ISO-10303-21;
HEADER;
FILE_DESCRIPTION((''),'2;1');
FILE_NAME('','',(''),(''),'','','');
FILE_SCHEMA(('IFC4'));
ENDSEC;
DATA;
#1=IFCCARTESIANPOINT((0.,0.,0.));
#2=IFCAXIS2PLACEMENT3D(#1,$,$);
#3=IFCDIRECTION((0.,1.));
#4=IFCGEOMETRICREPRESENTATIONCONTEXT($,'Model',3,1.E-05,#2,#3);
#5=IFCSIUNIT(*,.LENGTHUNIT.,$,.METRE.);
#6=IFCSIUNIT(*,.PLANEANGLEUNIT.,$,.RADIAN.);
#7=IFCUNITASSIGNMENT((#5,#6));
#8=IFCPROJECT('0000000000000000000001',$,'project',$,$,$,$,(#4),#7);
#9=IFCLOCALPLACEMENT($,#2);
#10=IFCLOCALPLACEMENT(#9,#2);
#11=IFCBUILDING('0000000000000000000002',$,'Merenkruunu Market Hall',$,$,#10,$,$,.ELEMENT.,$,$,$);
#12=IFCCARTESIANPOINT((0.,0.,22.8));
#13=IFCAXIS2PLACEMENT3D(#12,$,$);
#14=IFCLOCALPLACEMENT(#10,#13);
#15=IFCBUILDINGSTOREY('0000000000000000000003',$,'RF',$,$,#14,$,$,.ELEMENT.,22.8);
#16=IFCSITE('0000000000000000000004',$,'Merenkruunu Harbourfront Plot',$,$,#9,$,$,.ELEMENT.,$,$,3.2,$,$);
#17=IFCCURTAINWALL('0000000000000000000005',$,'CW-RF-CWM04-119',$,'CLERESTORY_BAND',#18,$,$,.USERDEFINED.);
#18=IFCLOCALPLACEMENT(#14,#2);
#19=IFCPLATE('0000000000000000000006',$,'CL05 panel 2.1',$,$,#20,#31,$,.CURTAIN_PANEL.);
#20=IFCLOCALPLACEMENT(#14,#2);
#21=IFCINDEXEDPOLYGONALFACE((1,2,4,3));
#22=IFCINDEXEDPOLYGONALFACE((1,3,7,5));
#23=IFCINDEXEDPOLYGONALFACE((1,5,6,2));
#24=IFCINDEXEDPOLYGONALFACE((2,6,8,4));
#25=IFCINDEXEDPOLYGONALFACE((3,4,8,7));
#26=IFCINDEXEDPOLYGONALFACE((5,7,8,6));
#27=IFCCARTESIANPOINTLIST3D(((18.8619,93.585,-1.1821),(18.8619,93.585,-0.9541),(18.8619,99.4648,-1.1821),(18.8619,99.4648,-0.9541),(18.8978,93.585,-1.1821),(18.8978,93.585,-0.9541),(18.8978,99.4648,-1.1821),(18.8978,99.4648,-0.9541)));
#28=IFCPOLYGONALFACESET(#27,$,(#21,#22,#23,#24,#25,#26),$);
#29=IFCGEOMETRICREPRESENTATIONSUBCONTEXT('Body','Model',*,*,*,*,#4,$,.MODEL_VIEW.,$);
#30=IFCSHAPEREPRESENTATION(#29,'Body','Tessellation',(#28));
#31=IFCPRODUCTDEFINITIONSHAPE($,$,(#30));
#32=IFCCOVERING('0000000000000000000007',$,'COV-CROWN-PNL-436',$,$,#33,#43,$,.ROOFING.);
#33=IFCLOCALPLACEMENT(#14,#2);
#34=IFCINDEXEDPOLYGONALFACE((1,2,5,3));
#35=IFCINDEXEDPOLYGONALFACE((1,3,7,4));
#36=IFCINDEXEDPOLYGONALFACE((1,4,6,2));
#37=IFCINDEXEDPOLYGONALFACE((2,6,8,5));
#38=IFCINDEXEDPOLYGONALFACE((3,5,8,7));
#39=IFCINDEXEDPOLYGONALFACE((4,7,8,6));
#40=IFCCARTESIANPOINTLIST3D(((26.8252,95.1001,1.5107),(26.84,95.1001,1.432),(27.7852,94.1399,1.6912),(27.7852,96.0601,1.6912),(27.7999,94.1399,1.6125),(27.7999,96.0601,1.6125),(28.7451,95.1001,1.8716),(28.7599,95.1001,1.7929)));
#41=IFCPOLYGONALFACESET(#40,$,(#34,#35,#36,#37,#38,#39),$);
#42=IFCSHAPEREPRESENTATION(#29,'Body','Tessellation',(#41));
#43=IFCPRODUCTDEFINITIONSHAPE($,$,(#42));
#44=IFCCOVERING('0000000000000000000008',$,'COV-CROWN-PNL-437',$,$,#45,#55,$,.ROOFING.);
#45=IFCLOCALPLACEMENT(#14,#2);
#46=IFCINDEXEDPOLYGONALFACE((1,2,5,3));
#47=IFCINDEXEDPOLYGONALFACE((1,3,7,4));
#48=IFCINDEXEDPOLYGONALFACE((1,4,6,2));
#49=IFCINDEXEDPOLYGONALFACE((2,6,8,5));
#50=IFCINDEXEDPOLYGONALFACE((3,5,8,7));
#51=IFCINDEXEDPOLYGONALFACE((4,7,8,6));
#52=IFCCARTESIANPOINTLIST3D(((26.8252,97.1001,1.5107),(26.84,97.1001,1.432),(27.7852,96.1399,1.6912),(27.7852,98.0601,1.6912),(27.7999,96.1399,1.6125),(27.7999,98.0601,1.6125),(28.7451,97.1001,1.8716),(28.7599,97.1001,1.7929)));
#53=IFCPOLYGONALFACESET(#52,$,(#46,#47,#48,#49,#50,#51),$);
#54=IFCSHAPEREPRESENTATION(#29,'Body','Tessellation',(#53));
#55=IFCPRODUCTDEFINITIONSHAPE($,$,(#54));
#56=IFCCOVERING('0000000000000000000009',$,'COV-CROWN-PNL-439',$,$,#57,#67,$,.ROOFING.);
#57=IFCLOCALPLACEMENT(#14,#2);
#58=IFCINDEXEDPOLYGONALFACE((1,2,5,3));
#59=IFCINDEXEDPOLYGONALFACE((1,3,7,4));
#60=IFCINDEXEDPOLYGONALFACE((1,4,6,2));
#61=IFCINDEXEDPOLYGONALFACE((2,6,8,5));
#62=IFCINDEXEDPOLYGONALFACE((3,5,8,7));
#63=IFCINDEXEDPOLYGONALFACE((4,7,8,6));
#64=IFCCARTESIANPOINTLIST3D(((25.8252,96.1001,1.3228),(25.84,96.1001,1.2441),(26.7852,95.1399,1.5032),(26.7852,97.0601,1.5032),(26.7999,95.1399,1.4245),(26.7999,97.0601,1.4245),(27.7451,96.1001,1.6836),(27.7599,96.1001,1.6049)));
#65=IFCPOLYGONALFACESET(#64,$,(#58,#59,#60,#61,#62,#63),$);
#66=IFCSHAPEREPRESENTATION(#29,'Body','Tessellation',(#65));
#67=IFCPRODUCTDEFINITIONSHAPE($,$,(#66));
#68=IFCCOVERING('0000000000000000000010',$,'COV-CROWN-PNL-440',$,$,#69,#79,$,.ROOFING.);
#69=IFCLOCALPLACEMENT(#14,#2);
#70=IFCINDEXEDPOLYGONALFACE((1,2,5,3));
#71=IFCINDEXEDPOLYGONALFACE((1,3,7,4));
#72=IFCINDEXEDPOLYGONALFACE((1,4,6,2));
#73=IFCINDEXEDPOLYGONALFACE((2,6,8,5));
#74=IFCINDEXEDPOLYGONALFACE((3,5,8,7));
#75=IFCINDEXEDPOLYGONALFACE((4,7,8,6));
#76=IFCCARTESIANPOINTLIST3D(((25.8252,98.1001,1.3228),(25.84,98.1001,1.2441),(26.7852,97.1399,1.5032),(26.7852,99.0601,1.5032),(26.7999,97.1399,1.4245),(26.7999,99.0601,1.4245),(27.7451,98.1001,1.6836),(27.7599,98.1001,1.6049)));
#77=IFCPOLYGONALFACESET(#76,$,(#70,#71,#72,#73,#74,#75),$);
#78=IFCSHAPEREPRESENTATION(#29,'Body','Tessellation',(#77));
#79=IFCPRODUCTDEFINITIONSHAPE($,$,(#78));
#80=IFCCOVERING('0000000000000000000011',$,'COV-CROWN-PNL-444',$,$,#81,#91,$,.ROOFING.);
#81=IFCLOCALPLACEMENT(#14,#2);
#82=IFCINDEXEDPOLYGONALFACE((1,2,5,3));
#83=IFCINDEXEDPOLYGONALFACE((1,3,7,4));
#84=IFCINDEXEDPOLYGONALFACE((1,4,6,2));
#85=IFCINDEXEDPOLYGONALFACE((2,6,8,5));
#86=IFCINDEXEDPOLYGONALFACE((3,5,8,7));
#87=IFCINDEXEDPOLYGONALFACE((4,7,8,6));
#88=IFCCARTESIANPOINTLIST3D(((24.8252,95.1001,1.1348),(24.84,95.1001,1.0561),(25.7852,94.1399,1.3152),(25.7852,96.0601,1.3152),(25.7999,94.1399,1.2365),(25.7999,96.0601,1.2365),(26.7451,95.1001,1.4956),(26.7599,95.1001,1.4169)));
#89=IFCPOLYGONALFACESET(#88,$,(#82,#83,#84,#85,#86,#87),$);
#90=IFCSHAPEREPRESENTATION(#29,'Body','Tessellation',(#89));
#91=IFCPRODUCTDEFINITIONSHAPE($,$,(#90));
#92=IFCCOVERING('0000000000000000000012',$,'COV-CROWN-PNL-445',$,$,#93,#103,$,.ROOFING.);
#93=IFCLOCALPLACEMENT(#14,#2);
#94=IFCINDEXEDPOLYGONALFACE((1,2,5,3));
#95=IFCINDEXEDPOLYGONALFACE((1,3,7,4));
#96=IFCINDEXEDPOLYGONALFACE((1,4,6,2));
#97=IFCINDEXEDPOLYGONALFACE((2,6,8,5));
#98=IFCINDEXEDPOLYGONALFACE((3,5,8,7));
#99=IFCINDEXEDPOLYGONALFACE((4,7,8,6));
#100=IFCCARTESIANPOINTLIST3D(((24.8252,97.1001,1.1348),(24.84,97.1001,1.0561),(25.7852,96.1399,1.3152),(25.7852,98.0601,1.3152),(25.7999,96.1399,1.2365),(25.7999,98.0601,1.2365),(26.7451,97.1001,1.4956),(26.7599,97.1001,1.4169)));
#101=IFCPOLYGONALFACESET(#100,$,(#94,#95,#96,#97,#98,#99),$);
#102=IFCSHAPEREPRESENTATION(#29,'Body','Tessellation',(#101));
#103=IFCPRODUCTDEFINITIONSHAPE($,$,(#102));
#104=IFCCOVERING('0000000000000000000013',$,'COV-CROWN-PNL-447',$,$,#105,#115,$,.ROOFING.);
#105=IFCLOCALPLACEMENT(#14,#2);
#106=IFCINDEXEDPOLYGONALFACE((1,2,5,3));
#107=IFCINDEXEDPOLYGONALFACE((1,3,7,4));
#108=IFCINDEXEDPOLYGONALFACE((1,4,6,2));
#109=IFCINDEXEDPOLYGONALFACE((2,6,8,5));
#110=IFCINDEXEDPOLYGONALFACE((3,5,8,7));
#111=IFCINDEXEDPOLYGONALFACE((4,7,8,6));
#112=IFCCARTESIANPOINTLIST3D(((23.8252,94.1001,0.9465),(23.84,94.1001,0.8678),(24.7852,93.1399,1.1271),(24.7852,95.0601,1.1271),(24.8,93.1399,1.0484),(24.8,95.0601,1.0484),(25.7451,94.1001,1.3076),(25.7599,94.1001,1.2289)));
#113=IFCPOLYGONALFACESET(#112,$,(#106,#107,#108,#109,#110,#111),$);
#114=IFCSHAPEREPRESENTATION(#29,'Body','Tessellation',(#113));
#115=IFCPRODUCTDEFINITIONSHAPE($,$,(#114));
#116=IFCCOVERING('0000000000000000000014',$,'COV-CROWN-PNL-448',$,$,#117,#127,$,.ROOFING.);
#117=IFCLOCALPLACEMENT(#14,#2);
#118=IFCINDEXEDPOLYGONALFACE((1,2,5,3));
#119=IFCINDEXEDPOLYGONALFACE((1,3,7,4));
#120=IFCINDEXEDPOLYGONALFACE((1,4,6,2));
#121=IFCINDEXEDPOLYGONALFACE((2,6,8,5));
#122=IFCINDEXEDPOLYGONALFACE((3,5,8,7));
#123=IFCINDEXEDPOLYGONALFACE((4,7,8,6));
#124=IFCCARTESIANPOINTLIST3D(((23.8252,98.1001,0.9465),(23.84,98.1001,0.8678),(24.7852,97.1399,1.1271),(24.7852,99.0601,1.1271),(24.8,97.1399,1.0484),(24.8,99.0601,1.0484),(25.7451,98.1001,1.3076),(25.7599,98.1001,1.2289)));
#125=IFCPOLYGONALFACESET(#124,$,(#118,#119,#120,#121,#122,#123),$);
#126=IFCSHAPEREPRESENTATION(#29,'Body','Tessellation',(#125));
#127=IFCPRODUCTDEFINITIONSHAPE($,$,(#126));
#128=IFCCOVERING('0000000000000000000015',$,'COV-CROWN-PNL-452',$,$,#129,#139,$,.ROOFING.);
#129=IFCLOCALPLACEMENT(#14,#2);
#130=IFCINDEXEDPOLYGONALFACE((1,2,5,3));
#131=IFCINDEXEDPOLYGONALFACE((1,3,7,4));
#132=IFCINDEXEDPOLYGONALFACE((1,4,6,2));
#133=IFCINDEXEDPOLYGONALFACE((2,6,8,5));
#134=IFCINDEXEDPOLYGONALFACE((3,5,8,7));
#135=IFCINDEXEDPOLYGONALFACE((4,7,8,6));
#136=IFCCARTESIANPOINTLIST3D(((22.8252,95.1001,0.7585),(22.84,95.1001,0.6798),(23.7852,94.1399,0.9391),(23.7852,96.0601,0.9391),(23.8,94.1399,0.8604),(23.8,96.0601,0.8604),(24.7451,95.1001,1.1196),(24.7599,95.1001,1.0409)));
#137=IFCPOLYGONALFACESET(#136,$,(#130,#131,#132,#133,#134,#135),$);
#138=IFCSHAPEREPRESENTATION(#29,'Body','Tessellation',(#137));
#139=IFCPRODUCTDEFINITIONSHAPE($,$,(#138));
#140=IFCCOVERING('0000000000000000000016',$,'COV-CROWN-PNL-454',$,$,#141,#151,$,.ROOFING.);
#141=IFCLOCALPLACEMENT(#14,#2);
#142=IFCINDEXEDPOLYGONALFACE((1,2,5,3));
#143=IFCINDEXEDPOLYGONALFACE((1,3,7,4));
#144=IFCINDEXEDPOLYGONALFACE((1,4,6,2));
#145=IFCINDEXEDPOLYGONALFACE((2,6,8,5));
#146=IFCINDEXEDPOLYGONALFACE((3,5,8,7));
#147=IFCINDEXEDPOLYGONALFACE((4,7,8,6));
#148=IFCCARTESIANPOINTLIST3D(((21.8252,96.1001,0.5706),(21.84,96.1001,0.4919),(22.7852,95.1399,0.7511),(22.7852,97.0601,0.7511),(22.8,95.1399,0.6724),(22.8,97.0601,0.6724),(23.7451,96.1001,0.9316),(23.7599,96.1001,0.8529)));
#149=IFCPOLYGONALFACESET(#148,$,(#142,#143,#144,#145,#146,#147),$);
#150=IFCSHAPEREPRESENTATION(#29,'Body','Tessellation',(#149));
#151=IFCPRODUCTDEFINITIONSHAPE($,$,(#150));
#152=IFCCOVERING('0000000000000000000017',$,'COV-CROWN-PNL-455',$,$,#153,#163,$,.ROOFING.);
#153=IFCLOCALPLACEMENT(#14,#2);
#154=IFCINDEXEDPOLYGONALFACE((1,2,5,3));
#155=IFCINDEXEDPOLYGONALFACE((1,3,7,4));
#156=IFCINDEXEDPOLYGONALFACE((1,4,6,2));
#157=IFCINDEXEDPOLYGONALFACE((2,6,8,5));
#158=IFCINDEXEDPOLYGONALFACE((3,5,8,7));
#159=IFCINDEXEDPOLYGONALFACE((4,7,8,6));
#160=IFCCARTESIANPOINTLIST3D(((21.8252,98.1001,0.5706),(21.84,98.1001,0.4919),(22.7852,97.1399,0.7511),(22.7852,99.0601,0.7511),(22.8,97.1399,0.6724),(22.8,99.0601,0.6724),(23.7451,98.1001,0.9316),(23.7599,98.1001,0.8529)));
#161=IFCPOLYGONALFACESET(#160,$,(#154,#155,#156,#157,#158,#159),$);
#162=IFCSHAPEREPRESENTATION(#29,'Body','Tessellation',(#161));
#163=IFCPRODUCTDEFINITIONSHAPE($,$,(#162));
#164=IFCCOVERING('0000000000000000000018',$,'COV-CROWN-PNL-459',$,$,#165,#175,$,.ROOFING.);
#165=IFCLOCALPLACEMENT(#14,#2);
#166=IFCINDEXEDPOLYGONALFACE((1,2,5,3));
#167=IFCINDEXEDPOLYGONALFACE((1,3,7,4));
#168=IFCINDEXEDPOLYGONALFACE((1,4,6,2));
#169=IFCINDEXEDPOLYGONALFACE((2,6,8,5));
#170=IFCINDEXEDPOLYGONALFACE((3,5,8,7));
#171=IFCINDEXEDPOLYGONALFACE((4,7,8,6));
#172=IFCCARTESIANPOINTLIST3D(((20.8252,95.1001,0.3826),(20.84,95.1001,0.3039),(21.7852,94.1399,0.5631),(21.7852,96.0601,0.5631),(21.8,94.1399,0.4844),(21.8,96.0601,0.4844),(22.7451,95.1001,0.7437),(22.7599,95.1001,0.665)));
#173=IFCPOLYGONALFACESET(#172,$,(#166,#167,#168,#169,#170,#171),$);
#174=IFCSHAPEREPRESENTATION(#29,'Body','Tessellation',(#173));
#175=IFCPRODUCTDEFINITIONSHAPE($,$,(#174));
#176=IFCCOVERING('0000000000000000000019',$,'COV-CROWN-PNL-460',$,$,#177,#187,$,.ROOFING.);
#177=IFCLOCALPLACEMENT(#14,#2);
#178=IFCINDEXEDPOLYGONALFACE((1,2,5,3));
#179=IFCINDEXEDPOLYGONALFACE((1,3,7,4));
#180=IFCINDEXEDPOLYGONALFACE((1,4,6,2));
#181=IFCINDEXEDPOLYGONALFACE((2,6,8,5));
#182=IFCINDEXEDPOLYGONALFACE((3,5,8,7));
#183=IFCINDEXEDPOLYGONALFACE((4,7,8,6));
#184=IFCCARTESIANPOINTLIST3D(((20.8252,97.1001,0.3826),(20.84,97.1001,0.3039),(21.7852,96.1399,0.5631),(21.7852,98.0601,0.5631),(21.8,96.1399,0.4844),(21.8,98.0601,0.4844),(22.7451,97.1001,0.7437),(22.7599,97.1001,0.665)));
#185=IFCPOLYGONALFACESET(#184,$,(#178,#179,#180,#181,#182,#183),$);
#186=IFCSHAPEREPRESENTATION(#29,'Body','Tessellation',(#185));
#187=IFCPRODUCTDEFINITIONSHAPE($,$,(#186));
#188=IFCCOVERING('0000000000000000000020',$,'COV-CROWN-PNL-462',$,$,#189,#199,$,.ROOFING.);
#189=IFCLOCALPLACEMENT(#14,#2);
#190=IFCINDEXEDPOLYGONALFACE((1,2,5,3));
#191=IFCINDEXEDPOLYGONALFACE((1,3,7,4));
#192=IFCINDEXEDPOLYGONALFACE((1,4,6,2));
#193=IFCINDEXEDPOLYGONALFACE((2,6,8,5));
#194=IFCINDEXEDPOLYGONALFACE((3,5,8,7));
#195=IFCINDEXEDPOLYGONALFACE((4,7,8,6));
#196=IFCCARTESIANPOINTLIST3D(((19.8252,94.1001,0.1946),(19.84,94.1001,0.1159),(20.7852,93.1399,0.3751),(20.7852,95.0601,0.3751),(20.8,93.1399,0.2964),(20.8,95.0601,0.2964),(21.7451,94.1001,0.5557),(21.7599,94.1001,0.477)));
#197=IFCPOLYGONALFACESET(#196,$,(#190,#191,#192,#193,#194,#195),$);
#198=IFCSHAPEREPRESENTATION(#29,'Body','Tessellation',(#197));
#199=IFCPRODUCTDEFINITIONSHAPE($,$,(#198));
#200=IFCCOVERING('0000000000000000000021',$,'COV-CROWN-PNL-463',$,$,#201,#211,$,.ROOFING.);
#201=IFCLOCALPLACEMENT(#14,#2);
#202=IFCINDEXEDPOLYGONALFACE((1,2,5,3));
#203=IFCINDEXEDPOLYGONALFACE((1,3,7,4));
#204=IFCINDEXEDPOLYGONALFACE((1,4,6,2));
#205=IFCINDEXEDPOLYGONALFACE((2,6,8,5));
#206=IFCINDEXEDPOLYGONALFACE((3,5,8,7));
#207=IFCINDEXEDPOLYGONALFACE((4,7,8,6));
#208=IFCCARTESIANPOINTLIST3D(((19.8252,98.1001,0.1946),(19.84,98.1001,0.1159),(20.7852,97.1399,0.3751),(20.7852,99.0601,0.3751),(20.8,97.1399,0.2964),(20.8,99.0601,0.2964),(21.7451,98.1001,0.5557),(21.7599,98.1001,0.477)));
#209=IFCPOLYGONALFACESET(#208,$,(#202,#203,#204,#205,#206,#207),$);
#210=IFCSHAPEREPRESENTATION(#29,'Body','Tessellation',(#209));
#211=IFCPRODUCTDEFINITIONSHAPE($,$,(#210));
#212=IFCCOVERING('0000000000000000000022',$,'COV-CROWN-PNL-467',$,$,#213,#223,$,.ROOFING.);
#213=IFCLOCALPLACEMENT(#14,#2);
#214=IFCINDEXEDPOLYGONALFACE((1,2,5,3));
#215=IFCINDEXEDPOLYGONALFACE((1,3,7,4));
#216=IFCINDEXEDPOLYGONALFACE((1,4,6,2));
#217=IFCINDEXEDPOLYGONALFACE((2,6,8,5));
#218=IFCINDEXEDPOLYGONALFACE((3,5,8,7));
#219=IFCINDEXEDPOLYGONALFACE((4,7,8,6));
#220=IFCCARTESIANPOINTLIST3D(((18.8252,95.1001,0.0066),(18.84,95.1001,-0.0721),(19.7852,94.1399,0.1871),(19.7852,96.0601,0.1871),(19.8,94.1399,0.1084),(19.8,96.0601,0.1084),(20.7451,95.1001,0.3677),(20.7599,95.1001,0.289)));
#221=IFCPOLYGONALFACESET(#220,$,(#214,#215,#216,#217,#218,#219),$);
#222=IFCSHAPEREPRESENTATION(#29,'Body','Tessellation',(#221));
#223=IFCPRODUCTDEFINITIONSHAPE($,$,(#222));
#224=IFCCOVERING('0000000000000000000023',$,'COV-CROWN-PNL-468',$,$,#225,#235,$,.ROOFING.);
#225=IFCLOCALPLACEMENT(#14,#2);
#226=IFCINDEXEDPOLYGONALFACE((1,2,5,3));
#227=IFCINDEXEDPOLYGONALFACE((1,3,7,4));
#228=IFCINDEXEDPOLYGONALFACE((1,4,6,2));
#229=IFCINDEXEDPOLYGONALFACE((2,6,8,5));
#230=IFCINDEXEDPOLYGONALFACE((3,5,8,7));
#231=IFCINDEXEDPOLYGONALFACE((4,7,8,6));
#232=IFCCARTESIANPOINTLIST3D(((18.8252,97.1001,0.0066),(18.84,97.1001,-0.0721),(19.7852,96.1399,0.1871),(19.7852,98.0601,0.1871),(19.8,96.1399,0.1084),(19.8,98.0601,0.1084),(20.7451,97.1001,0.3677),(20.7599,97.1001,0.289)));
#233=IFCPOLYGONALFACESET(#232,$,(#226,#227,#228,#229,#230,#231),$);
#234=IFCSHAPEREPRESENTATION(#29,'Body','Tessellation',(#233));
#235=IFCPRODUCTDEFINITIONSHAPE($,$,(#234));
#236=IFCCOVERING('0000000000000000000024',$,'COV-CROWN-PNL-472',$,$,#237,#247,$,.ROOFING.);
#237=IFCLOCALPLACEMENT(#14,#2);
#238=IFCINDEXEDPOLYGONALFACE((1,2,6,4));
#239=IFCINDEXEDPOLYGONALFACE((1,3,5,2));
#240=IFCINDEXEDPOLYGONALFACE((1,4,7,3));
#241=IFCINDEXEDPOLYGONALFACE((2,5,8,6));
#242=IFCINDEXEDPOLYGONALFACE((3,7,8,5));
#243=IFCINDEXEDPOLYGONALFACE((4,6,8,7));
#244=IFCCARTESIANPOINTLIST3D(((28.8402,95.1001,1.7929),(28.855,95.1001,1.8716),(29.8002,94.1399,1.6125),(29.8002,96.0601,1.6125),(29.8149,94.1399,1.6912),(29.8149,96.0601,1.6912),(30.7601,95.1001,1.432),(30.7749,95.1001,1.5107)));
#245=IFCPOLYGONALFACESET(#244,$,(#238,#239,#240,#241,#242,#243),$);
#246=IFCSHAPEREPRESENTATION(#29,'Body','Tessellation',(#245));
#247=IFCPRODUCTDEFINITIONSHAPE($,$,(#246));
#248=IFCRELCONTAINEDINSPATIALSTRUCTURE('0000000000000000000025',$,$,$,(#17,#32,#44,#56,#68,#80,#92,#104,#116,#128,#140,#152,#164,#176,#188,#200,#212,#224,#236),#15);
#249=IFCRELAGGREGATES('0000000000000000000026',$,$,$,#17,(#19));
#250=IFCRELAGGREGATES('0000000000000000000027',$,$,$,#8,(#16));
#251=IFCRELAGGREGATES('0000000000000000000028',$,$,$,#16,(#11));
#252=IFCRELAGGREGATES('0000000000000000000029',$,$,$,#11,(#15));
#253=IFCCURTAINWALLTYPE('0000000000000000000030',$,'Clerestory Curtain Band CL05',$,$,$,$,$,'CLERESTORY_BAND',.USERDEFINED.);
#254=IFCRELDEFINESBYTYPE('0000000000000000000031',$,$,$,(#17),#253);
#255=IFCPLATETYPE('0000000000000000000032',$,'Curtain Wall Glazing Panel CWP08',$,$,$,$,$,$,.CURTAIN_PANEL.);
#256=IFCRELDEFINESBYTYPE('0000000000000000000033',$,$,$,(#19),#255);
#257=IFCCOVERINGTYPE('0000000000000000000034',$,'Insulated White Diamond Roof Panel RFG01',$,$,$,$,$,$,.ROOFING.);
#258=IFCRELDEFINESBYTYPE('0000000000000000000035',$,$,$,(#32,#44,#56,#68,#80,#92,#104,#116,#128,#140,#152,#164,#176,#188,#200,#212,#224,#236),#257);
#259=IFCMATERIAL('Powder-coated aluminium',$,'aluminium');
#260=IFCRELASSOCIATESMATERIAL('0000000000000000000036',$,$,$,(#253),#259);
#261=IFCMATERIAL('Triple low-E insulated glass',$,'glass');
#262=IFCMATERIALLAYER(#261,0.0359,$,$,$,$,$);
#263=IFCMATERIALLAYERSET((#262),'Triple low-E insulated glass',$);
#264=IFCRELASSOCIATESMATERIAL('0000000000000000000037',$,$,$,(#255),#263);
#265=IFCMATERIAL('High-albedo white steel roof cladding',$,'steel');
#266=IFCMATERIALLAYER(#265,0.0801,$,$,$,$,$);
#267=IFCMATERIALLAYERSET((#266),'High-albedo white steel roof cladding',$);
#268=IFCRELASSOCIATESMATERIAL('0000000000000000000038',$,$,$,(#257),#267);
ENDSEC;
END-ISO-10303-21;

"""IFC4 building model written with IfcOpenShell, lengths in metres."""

from ifc_helpers import new_model, si_unit, direction, frame, origin, origin_2d, place, context, subcontext, project, spatial, polyline, rectangle, outline, extrude, material, layer, layer_set, type_object, element, aggregate, save


model = new_model("IFC4")

# Units and contexts
model_context = context("Model", 3, precision=1e-05, world=origin(), true_north=direction((0.0, 1.0)))
body_context = subcontext(model_context, "Body", "Model", "MODEL_VIEW")
ifc_project = project(units=[si_unit("LENGTHUNIT", "METRE"), si_unit("PLANEANGLEUNIT", "RADIAN")], contexts=[model_context])

# Site, building, storey
site_placement = place(None, origin())
site = spatial("IfcSite", under=ifc_project, at=site_placement, Name="Merenkruunu Harbourfront Plot", CompositionType="ELEMENT", RefElevation=3.2)
building_placement = place(site_placement, origin())
building = spatial("IfcBuilding", under=site, at=building_placement, Name="Merenkruunu Market Hall", CompositionType="ELEMENT")
storey_placement = place(building_placement, frame((0.0, 0.0, 22.8)))
storey = spatial("IfcBuildingStorey", under=building, at=storey_placement, Name="RF", CompositionType="ELEMENT", Elevation=22.8)

# Curtain wall
ifc_material_1 = material(Name="Powder-coated aluminium", Category="aluminium")
curtain_wall_type = type_object("IfcCurtainWallType", Name="Clerestory Curtain Band CL05", ElementType="CLERESTORY_BAND", PredefinedType="USERDEFINED", material=ifc_material_1)
curtain_wall_placement = place(storey_placement, origin())
curtain_wall = element("IfcCurtainWall", 1, at=curtain_wall_placement, inside=storey, type_object=curtain_wall_type, Name="CW-RF-CWM04-119", ObjectType="CLERESTORY_BAND", PredefinedType="USERDEFINED")

# Plate
ifc_material_2 = material(Name="Triple low-E insulated glass", Category="glass")
ifc_layer_1 = layer(ifc_material_2, 0.0359)
ifc_layer_set_1 = layer_set([ifc_layer_1], Name="Triple low-E insulated glass")
plate_type = type_object("IfcPlateType", Name="Curtain Wall Glazing Panel CWP08", PredefinedType="CURTAIN_PANEL", material=ifc_layer_set_1)
plate_placement = place(storey_placement, frame((18.8799, 96.5249, -1.1821), z_axis=(0.0, 0.0, 1.0), x_axis=(0.0, 1.0, 0.0)))
plate = element("IfcPlate", 2, at=plate_placement, type_object=plate_type, Name="CL05 panel 2.1", PredefinedType="CURTAIN_PANEL", context=body_context, shape_type="SweptSolid", body=[
    extrude(rectangle(XDim=5.8799, YDim=0.0359, at=origin_2d()), origin(), (0.0, 0.0, 1.0), 0.228),
])
aggregate(curtain_wall, [plate])

# Coverings
ifc_material_3 = material(Name="High-albedo white steel roof cladding", Category="steel")
ifc_layer_2 = layer(ifc_material_3, 0.0801)
ifc_layer_set_2 = layer_set([ifc_layer_2], Name="High-albedo white steel roof cladding")
covering_type_1 = type_object("IfcCoveringType", Name="Insulated White Diamond Roof Panel RFG01", PredefinedType="ROOFING", material=ifc_layer_set_2)
for number, where, z_axis, x_axis, name in (
    (3, (26.8252, 95.1001, 1.5107), (-0.184711, 0.0, 0.982793), (0.700856, -0.701035, 0.131722), "COV-CROWN-PNL-436"),
    (4, (26.8252, 97.1001, 1.5107), (-0.184711, 0.0, 0.982793), (0.700856, -0.701035, 0.131722), "COV-CROWN-PNL-437"),
    (5, (25.8252, 96.1001, 1.3228), (-0.184711, 0.0, 0.982793), (0.700856, -0.701035, 0.131722), "COV-CROWN-PNL-439"),
    (6, (25.8252, 98.1001, 1.3228), (-0.184711, 0.0, 0.982793), (0.700856, -0.701035, 0.131722), "COV-CROWN-PNL-440"),
    (7, (24.8252, 95.1001, 1.1348), (-0.184711, 0.0, 0.982793), (0.700856, -0.701035, 0.131722), "COV-CROWN-PNL-444"),
    (8, (24.8252, 97.1001, 1.1348), (-0.184711, 0.0, 0.982793), (0.700856, -0.701035, 0.131722), "COV-CROWN-PNL-445"),
):
    element("IfcCovering", number, at=place(storey_placement, frame(where, z_axis=z_axis, x_axis=x_axis)), inside=storey, type_object=covering_type_1, Name=name, PredefinedType="ROOFING", context=body_context, shape_type="SweptSolid", body=[
        extrude(outline(polyline([(0.0, 0.0), (1.3697, 0.0), (1.3931, 1.3695), (0.0236, 1.3693), (0.0, 0.0)])), origin(), (0.0, 0.0, -1.0), 0.0801),
    ])
for number, where, z_axis, x_axis, name in (
    (9, (23.8252, 94.1001, 0.9465), (-0.184832, 0.0, 0.98277), (0.700856, -0.701018, 0.131812), "COV-CROWN-PNL-447"),
    (10, (23.8252, 98.1001, 0.9465), (-0.184832, 0.0, 0.98277), (0.700856, -0.701018, 0.131812), "COV-CROWN-PNL-448"),
    (11, (22.8252, 95.1001, 0.7585), (-0.184832, 0.0, 0.98277), (0.700856, -0.701018, 0.131812), "COV-CROWN-PNL-452"),
    (12, (21.8252, 96.1001, 0.5706), (-0.184832, 0.0, 0.98277), (0.700856, -0.701018, 0.131812), "COV-CROWN-PNL-454"),
    (13, (21.8252, 98.1001, 0.5706), (-0.184832, 0.0, 0.98277), (0.700856, -0.701018, 0.131812), "COV-CROWN-PNL-455"),
    (14, (20.8252, 95.1001, 0.3826), (-0.184832, 0.0, 0.98277), (0.700856, -0.701018, 0.131812), "COV-CROWN-PNL-459"),
    (15, (20.8252, 97.1001, 0.3826), (-0.184832, 0.0, 0.98277), (0.700856, -0.701018, 0.131812), "COV-CROWN-PNL-460"),
    (16, (19.8252, 94.1001, 0.1946), (-0.184832, 0.0, 0.98277), (0.700856, -0.701018, 0.131812), "COV-CROWN-PNL-462"),
    (17, (19.8252, 98.1001, 0.1946), (-0.184832, 0.0, 0.98277), (0.700856, -0.701018, 0.131812), "COV-CROWN-PNL-463"),
    (18, (18.8252, 95.1001, 0.0066), (-0.184832, 0.0, 0.98277), (0.700856, -0.701018, 0.131812), "COV-CROWN-PNL-467"),
    (19, (18.8252, 97.1001, 0.0066), (-0.184832, 0.0, 0.98277), (0.700856, -0.701018, 0.131812), "COV-CROWN-PNL-468"),
):
    element("IfcCovering", number, at=place(storey_placement, frame(where, z_axis=z_axis, x_axis=x_axis)), inside=storey, type_object=covering_type_1, Name=name, PredefinedType="ROOFING", context=body_context, shape_type="SweptSolid", body=[
        extrude(outline(polyline([(0.0, 0.0), (1.3697, 0.0), (1.3932, 1.3695), (0.0237, 1.3694), (0.0, 0.0)])), origin(), (0.0, 0.0, -1.0), 0.0801),
    ])
for number, where, z_axis, x_axis, name in (
    (20, (28.855, 95.1001, 1.8716), (0.184711, 0.0, 0.982793), (0.700856, -0.701035, -0.131722), "COV-CROWN-PNL-472"),
):
    element("IfcCovering", number, at=place(storey_placement, frame(where, z_axis=z_axis, x_axis=x_axis)), inside=storey, type_object=covering_type_1, Name=name, PredefinedType="ROOFING", context=body_context, shape_type="SweptSolid", body=[
        extrude(outline(polyline([(0.0, 0.0), (1.3697, 0.0), (1.3931, 1.3695), (0.0236, 1.3693), (0.0, 0.0)])), origin(), (0.0, 0.0, -1.0), 0.0801),
    ])

save(model, "model.ifc")
